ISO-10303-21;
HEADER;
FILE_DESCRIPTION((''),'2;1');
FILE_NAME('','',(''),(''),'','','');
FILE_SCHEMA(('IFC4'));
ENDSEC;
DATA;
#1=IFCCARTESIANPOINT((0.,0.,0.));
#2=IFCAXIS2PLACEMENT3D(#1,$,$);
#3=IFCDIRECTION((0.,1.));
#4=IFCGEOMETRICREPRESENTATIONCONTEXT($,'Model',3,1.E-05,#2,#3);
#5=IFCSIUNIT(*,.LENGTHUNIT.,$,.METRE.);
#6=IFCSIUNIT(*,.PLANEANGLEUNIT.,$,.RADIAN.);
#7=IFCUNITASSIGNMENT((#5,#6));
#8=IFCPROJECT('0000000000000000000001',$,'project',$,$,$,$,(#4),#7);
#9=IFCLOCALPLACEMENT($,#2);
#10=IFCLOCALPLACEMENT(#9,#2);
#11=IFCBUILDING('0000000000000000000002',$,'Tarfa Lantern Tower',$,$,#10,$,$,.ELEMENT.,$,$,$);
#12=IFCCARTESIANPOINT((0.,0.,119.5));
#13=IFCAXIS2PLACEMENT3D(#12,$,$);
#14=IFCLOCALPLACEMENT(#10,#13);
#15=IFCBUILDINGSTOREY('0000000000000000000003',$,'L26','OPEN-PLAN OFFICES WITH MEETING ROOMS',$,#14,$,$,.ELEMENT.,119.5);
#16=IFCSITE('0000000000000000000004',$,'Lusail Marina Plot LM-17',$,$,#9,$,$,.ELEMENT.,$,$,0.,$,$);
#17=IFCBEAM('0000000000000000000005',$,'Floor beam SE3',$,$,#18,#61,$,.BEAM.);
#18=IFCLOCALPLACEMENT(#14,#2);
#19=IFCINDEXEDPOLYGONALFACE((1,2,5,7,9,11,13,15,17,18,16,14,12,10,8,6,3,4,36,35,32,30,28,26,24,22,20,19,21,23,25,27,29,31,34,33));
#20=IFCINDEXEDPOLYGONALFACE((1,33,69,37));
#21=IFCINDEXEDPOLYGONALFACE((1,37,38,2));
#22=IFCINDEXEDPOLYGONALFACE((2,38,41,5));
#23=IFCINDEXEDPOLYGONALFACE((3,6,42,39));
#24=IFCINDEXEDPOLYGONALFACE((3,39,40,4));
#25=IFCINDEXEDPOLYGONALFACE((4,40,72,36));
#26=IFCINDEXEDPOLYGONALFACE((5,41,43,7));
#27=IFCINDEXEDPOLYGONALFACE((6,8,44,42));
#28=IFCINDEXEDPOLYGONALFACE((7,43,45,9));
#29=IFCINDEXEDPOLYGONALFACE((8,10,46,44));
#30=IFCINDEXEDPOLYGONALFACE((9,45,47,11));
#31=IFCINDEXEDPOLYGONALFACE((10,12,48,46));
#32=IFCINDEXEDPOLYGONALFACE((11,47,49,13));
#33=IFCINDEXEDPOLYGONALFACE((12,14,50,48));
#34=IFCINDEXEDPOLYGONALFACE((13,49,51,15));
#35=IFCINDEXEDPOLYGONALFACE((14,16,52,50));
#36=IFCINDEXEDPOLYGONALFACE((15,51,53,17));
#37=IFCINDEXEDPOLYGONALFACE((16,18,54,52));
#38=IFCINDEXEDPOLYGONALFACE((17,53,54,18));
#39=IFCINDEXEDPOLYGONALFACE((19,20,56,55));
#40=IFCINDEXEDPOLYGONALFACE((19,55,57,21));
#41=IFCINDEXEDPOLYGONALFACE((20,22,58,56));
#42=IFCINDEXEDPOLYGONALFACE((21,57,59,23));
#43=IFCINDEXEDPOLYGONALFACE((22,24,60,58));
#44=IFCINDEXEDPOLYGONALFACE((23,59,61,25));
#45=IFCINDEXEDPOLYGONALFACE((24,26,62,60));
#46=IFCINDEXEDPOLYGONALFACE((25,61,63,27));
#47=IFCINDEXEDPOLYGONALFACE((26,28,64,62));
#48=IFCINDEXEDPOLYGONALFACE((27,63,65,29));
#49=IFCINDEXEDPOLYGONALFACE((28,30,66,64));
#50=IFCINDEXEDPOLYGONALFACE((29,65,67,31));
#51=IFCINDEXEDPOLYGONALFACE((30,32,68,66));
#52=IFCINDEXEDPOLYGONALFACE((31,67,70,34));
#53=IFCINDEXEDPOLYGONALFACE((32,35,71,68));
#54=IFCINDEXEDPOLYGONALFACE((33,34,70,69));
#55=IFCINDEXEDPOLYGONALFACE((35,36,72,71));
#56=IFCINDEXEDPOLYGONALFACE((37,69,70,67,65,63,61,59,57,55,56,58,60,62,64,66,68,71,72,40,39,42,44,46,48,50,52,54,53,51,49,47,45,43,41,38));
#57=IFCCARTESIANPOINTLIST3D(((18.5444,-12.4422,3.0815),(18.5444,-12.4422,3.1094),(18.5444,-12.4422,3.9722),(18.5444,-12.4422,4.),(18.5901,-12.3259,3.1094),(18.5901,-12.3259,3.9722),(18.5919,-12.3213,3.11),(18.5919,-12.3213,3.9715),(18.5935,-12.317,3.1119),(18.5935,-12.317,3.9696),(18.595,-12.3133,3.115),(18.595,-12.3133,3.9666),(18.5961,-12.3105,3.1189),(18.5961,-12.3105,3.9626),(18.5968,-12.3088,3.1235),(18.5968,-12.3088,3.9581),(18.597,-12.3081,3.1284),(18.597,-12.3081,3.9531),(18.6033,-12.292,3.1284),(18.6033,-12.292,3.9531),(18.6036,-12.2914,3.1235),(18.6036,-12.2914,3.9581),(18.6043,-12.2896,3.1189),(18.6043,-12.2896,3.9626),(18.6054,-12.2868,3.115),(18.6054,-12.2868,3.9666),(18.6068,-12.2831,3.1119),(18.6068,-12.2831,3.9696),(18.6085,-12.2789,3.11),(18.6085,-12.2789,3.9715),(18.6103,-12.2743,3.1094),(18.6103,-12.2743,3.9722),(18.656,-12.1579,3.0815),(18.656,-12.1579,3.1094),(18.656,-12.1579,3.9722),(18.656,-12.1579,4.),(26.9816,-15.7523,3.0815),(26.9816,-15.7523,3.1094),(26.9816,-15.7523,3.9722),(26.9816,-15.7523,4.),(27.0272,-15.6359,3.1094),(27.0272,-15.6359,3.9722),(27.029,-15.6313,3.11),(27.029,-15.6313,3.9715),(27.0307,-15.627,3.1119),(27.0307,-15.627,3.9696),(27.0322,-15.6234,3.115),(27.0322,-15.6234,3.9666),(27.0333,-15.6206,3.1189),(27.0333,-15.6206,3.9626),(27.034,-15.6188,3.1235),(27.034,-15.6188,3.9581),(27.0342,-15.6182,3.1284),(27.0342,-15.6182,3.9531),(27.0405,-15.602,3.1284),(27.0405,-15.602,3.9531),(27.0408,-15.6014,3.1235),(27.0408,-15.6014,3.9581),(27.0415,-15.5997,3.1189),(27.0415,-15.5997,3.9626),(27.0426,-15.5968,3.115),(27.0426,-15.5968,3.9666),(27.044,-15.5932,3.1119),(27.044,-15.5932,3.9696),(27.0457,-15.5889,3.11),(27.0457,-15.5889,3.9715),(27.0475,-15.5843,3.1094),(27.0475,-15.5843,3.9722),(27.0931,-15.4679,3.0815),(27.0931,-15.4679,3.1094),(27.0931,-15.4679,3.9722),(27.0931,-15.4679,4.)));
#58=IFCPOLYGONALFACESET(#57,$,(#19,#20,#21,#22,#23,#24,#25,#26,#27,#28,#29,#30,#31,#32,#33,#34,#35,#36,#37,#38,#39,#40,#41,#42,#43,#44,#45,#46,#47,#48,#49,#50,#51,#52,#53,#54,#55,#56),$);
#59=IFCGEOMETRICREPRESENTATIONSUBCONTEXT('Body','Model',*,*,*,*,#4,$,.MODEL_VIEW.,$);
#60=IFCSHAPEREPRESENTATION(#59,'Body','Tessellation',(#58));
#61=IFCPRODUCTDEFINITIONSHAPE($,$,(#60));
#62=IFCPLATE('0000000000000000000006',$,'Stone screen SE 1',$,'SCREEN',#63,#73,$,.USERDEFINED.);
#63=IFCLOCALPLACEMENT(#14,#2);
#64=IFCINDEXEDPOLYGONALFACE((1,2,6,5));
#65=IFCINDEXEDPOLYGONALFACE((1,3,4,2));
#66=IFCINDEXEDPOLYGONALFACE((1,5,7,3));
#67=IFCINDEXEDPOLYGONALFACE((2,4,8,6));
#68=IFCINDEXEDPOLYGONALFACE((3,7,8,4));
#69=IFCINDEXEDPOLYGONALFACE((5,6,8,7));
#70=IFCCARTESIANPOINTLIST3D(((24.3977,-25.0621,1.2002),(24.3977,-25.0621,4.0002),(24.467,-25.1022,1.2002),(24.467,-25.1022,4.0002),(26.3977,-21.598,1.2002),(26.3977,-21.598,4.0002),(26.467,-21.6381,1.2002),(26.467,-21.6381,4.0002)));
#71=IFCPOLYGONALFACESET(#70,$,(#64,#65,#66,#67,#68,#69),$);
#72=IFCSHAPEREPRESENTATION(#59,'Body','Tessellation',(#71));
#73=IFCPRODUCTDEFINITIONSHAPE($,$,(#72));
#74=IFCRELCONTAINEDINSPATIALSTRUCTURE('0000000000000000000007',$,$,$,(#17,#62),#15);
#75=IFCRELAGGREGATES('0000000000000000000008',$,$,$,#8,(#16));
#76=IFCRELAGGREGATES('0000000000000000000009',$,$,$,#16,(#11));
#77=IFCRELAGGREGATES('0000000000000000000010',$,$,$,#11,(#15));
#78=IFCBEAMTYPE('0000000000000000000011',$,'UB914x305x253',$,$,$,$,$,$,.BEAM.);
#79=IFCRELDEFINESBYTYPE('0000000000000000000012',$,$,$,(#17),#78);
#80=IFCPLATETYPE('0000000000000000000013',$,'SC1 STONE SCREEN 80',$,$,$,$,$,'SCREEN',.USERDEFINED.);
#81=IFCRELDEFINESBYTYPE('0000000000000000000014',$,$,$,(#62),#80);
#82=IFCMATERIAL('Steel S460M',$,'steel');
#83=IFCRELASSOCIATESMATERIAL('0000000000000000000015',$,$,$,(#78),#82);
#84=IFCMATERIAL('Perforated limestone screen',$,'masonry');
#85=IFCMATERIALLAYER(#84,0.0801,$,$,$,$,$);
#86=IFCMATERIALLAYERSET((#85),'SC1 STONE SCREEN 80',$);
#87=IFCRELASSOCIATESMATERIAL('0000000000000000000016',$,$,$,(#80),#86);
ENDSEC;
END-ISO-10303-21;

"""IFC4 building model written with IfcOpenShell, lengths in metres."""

from ifc_helpers import new_model, si_unit, direction, frame, origin, origin_2d, place, context, subcontext, project, spatial, rectangle, i_section, extrude, material, layer, layer_set, material_profile, profile_set, type_object, element, save


model = new_model("IFC4")

# Units and contexts
model_context = context("Model", 3, precision=1e-05, world=origin(), true_north=direction((0.0, 1.0)))
body_context = subcontext(model_context, "Body", "Model", "MODEL_VIEW")
ifc_project = project(units=[si_unit("LENGTHUNIT", "METRE"), si_unit("PLANEANGLEUNIT", "RADIAN")], contexts=[model_context])

# Site, building, storey
site_placement = place(None, origin())
site = spatial("IfcSite", under=ifc_project, at=site_placement, Name="Lusail Marina Plot LM-17", CompositionType="ELEMENT", RefElevation=0.0)
building_placement = place(site_placement, origin())
building = spatial("IfcBuilding", under=site, at=building_placement, Name="Tarfa Lantern Tower", CompositionType="ELEMENT")
storey_placement = place(building_placement, frame((0.0, 0.0, 119.5)))
storey = spatial("IfcBuildingStorey", under=building, at=storey_placement, Name="L26", Description="OPEN-PLAN OFFICES WITH MEETING ROOMS", CompositionType="ELEMENT", Elevation=119.5)

# Beam
ifc_material_1 = material(Name="Steel S460M", Category="steel")
ifc_material_profile_1 = material_profile(ifc_material_1, i_section(OverallWidth=0.3054, OverallDepth=0.9185, WebThickness=0.0173, FlangeThickness=0.0278, FilletRadius=0.019, at=origin_2d()), Name="UB914x305x253")
ifc_profile_set_1 = profile_set([ifc_material_profile_1], Name="Steel S460M")
beam_type_1 = type_object("IfcBeamType", Name="UB914x305x253", PredefinedType="BEAM", material=ifc_profile_set_1)
beam_1_placement = place(storey_placement, frame((27.0374, -15.6101, 3.5408), z_axis=(-0.930923, 0.365215, 0.0), x_axis=(-0.365215, -0.930923, 0.0)))
element("IfcBeam", 1, at=beam_1_placement, inside=storey, type_object=beam_type_1, Name="Floor beam SE3", PredefinedType="BEAM", context=body_context, shape_type="SweptSolid", body=[
    extrude(i_section(OverallWidth=0.3054, OverallDepth=0.9185, WebThickness=0.0173, FlangeThickness=0.0278, FilletRadius=0.019, at=origin_2d()), origin(), (0.0, 0.0, 1.0), 9.0632),
])

# Plate
ifc_material_2 = material(Name="Perforated limestone screen", Category="masonry")
ifc_layer_1 = layer(ifc_material_2, 0.0801)
ifc_layer_set_1 = layer_set([ifc_layer_1], Name="SC1 STONE SCREEN 80")
plate_type = type_object("IfcPlateType", Name="SC1 STONE SCREEN 80", ElementType="SCREEN", PredefinedType="USERDEFINED", material=ifc_layer_set_1)
plate_placement = place(storey_placement, frame((25.4324, -23.3501, 1.2002), z_axis=(0.0, 0.0, 1.0), x_axis=(0.5, 0.866025, 0.0)))
element("IfcPlate", 2, at=plate_placement, inside=storey, type_object=plate_type, Name="Stone screen SE 1", ObjectType="SCREEN", PredefinedType="USERDEFINED", context=body_context, shape_type="SweptSolid", body=[
    extrude(rectangle(XDim=4.0, YDim=0.0801, at=origin_2d()), origin(), (0.0, 0.0, 1.0), 2.8),
])

save(model, "model.ifc")
